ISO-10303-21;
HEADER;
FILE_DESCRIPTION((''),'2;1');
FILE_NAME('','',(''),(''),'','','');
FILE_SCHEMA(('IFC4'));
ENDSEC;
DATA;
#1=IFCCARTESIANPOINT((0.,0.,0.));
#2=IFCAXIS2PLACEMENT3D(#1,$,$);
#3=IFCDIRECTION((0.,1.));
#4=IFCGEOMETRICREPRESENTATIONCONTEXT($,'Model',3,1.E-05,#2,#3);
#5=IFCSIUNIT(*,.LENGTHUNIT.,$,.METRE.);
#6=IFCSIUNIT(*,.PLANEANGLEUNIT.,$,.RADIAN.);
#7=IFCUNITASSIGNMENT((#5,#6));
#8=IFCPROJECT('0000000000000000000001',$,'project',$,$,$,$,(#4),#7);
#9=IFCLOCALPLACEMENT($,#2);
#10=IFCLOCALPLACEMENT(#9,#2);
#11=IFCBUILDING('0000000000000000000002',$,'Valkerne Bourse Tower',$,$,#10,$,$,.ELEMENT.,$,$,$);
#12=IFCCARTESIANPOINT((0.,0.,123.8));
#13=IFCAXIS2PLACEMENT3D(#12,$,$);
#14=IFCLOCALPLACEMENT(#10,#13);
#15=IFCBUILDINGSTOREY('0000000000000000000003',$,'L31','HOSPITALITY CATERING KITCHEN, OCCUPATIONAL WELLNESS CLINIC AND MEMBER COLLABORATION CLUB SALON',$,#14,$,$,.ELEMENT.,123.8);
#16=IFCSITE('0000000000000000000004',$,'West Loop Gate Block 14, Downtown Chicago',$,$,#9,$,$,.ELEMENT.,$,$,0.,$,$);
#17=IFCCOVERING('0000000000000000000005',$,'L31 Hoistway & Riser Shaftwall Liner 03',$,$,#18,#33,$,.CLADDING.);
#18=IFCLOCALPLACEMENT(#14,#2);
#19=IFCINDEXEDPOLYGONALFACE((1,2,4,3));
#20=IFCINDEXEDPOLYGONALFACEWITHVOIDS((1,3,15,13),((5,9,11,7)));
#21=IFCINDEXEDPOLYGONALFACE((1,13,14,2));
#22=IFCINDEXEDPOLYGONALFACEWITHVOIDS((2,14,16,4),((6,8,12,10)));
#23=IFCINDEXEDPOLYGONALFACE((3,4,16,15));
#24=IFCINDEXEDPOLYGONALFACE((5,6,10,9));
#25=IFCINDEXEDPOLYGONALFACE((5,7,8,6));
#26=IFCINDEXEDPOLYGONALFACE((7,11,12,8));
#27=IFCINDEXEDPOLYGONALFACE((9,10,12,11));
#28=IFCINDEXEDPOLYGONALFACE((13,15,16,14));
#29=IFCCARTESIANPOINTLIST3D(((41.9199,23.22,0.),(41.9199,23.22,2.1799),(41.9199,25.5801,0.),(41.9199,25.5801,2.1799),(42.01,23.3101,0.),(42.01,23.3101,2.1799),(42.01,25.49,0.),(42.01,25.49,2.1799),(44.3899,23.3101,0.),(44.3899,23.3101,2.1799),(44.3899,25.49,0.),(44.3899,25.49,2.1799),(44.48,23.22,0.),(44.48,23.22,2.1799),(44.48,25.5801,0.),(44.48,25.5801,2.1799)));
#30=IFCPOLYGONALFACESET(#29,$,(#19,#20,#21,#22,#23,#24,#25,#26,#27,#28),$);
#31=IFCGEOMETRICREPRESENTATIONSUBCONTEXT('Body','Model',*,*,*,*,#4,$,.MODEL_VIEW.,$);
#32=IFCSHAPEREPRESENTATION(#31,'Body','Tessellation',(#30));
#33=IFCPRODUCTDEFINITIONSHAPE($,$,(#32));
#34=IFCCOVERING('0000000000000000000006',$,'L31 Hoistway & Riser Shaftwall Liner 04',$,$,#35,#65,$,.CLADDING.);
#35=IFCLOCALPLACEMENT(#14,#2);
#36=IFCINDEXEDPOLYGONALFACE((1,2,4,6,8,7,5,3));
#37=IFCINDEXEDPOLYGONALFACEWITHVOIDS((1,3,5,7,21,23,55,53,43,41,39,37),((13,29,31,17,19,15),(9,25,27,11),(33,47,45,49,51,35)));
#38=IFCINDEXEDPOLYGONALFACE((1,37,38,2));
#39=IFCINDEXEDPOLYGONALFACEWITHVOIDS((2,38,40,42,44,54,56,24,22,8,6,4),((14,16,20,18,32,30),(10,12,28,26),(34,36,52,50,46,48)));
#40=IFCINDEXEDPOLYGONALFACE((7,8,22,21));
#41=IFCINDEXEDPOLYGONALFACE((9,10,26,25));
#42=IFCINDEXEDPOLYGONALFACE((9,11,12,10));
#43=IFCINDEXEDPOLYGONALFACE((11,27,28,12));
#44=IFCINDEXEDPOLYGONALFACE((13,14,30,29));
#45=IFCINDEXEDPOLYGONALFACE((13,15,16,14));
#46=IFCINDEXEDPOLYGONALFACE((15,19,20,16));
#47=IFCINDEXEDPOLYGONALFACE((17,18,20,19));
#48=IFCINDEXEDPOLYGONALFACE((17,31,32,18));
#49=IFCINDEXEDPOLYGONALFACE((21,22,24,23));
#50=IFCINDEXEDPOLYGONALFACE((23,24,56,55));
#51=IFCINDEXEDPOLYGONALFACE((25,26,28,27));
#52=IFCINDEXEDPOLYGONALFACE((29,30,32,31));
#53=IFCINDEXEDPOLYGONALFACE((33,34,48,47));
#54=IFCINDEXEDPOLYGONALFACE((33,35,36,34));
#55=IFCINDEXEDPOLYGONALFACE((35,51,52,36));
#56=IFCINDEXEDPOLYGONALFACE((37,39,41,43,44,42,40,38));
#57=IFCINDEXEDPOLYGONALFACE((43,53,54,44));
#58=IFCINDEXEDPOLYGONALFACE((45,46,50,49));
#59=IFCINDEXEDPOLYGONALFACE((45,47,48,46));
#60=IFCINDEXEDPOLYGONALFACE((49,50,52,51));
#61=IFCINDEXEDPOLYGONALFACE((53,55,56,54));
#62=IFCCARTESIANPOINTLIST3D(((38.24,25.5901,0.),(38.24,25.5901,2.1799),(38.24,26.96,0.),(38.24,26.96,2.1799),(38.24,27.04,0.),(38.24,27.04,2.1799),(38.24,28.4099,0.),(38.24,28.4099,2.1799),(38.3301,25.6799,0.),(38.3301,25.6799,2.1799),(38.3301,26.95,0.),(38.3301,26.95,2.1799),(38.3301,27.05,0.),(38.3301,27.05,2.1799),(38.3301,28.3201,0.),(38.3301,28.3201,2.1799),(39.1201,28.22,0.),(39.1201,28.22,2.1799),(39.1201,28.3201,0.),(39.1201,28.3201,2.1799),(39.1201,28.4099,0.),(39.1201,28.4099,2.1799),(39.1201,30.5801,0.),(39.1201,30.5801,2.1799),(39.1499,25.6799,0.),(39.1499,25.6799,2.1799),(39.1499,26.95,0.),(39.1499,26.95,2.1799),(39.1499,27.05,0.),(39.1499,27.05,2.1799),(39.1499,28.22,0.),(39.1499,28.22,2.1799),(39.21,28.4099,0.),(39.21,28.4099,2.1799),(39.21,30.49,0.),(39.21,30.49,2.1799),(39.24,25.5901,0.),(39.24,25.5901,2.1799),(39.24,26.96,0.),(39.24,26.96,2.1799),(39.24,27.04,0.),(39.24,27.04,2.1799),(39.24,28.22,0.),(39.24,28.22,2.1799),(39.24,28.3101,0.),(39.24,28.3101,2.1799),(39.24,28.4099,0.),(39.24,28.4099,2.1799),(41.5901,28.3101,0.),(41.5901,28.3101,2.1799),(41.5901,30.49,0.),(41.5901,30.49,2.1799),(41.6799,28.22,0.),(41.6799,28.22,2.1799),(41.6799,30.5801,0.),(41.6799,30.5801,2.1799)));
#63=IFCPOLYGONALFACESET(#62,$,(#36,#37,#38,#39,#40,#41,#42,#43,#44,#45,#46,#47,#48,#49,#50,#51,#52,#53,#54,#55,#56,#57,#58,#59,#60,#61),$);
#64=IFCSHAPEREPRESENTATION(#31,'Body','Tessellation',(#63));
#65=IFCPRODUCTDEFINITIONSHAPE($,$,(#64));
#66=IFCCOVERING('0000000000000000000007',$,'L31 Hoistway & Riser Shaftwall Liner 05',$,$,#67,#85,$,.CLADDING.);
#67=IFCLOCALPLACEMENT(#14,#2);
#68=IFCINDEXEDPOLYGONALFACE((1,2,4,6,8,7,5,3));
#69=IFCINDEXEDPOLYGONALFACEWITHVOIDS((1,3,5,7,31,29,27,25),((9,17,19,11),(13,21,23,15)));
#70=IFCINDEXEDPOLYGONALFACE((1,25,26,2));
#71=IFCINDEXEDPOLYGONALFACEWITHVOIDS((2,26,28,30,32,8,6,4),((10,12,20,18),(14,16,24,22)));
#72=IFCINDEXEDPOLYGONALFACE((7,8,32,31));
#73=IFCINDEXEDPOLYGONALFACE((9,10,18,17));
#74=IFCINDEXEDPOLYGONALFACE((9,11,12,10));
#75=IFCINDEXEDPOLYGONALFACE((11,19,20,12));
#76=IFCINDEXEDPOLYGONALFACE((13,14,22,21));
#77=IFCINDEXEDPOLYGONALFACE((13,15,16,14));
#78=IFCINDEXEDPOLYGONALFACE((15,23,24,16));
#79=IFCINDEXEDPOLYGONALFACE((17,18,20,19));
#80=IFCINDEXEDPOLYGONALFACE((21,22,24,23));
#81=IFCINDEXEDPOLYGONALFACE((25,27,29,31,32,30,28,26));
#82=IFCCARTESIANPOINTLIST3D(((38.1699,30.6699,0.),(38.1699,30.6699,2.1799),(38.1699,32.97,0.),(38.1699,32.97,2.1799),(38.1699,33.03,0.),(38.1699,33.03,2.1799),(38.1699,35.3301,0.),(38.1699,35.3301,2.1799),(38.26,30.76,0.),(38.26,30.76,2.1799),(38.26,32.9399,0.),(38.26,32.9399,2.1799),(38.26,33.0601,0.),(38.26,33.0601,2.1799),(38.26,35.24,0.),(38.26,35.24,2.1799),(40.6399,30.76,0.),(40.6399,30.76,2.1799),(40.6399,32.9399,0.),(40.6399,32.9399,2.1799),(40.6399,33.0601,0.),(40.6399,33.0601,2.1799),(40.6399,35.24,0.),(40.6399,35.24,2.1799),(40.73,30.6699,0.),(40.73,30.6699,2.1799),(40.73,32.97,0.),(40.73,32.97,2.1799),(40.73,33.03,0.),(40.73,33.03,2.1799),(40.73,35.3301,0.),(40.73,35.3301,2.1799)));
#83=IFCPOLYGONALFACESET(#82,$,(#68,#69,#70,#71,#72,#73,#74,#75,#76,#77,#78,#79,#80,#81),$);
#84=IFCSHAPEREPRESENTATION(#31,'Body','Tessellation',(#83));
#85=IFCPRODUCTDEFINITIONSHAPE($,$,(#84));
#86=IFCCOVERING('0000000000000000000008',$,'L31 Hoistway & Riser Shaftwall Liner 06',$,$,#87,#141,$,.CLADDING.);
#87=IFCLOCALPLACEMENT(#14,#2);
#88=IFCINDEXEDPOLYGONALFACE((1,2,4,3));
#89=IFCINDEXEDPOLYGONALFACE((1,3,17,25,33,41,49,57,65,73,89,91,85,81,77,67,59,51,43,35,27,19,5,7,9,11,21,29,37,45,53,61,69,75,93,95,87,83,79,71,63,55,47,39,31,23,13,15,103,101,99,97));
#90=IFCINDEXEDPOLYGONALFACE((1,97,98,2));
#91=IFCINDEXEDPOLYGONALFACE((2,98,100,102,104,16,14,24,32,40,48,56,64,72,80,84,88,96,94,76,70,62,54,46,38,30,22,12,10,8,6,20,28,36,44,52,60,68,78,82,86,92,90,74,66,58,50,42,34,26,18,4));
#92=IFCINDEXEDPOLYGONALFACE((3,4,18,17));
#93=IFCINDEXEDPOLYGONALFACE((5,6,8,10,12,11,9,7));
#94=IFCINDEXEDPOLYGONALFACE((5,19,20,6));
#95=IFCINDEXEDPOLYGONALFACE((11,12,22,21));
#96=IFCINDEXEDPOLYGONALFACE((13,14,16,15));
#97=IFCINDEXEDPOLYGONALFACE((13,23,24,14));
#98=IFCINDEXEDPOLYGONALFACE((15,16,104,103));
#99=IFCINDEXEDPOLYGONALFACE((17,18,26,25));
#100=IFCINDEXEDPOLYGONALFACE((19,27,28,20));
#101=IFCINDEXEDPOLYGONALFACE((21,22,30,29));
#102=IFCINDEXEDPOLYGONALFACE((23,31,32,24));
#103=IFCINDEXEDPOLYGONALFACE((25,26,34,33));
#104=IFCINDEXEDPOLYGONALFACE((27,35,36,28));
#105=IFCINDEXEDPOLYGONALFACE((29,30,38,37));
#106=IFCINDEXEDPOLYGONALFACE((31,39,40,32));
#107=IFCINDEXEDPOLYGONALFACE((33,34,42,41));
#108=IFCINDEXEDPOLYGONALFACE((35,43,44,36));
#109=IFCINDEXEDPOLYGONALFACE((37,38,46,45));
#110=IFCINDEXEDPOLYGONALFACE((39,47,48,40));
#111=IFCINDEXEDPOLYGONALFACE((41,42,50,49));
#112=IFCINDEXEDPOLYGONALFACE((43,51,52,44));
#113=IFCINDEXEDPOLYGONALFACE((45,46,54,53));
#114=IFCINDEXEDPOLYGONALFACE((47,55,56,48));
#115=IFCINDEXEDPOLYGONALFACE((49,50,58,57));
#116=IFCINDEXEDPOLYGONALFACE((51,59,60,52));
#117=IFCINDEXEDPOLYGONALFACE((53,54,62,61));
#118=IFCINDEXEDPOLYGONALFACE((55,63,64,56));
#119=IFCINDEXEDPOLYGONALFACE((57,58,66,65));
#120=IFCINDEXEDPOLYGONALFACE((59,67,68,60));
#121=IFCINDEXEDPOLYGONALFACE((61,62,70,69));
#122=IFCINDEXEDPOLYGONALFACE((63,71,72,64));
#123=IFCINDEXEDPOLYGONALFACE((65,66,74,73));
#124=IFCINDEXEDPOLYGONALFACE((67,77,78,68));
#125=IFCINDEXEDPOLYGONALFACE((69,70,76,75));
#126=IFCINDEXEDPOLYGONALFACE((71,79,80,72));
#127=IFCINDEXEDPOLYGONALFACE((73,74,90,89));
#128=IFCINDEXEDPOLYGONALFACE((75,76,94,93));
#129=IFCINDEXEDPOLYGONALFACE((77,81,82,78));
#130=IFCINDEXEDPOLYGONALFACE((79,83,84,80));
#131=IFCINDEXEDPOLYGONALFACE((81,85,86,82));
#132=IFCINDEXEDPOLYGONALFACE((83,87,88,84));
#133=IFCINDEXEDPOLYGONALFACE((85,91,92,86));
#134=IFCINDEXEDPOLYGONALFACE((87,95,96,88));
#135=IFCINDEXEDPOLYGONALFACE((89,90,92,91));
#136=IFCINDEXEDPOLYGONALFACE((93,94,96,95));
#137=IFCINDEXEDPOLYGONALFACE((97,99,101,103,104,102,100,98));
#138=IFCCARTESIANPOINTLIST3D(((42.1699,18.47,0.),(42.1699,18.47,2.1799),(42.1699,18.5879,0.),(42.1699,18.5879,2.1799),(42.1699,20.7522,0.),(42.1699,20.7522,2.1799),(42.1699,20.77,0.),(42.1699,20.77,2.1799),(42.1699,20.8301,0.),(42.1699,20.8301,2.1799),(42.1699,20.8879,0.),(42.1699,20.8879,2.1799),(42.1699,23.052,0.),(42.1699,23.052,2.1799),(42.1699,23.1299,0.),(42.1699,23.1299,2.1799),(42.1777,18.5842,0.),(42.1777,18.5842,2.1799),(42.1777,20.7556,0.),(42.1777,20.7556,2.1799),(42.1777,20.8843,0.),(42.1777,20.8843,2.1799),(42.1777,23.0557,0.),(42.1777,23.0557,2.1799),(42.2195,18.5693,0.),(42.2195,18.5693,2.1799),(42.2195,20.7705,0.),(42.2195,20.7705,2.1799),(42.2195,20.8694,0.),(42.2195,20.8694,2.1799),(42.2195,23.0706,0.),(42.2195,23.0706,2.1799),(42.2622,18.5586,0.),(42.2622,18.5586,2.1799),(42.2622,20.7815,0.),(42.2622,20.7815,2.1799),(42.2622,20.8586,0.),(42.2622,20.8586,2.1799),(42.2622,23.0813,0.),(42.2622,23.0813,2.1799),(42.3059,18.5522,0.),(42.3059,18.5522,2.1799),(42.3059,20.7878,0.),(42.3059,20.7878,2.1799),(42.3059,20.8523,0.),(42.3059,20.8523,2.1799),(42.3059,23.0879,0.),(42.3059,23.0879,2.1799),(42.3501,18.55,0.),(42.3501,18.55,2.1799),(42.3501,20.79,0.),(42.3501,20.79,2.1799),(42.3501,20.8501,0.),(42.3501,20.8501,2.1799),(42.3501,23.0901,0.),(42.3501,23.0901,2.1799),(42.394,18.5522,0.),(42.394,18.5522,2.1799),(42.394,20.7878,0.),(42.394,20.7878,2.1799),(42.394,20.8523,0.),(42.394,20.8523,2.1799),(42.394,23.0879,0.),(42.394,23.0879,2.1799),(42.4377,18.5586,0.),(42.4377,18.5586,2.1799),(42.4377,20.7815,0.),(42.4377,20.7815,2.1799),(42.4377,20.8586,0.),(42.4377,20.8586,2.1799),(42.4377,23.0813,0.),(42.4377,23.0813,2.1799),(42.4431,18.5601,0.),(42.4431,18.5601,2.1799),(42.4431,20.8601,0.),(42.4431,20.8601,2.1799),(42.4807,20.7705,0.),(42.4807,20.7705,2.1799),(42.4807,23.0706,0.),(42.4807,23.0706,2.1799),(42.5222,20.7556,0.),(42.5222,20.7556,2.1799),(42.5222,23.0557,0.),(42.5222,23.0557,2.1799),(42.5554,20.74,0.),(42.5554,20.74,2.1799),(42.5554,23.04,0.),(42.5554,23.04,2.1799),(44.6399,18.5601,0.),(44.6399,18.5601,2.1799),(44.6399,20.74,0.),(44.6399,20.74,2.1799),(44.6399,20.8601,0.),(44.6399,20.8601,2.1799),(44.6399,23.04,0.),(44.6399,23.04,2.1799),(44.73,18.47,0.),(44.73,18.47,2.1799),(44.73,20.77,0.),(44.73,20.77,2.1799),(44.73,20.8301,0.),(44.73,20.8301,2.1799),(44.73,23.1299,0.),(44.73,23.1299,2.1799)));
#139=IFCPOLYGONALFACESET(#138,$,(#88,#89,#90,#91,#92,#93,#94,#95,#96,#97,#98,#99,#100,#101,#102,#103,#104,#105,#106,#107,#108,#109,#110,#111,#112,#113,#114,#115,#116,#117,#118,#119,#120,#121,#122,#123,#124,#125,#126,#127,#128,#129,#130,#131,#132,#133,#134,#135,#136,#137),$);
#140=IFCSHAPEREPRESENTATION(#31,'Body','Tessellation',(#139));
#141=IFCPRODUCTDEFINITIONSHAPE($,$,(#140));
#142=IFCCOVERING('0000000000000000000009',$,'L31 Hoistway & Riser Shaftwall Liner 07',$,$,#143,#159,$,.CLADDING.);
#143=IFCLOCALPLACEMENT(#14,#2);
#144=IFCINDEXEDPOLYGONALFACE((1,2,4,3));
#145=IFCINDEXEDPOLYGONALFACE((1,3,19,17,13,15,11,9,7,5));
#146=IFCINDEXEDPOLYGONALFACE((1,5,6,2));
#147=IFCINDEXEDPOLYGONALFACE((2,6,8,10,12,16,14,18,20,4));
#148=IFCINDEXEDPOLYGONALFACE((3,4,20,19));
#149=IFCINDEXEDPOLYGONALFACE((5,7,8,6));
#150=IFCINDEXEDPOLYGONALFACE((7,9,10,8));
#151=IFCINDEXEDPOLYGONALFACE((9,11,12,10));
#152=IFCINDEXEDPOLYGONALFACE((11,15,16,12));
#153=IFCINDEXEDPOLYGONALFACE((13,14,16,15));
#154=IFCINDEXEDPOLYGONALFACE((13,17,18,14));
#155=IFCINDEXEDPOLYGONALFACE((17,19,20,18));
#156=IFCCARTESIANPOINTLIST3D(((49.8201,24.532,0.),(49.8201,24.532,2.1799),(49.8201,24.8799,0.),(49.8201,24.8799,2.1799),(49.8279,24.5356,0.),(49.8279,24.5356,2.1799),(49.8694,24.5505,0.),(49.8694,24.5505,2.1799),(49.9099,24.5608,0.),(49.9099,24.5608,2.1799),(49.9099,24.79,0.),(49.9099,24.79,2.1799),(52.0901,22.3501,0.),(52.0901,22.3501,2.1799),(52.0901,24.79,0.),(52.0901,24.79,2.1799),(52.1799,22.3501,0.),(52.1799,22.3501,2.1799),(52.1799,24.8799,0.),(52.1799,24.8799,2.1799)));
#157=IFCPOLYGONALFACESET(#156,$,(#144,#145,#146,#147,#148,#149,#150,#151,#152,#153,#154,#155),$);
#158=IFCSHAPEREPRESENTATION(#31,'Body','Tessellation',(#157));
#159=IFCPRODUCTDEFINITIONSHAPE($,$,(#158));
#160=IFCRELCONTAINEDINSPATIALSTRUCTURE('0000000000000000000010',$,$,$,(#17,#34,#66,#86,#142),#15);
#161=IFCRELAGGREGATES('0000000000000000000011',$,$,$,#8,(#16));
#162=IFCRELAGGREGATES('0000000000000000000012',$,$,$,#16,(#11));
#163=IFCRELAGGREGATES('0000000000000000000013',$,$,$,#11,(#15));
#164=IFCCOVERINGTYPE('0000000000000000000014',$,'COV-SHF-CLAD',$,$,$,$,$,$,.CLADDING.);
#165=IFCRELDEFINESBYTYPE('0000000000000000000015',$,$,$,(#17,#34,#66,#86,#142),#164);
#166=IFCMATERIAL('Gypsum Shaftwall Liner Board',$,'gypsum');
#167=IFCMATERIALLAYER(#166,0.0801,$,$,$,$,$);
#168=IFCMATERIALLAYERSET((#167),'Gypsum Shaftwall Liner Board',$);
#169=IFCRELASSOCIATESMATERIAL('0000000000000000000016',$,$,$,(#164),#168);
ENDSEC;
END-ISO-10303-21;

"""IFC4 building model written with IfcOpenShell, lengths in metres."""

from ifc_helpers import new_model, si_unit, direction, frame, origin, place, context, subcontext, project, spatial, polyline, outline, extrude, material, layer, layer_set, type_object, element, save


model = new_model("IFC4")

# Units and contexts
model_context = context("Model", 3, precision=1e-05, world=origin(), true_north=direction((0.0, 1.0)))
body_context = subcontext(model_context, "Body", "Model", "MODEL_VIEW")
ifc_project = project(units=[si_unit("LENGTHUNIT", "METRE"), si_unit("PLANEANGLEUNIT", "RADIAN")], contexts=[model_context])

# Site, building, storey
site_placement = place(None, origin())
site = spatial("IfcSite", under=ifc_project, at=site_placement, Name="West Loop Gate Block 14, Downtown Chicago", CompositionType="ELEMENT", RefElevation=0.0)
building_placement = place(site_placement, origin())
building = spatial("IfcBuilding", under=site, at=building_placement, Name="Valkerne Bourse Tower", CompositionType="ELEMENT")
storey_placement = place(building_placement, frame((0.0, 0.0, 123.8)))
storey = spatial("IfcBuildingStorey", under=building, at=storey_placement, Name="L31", Description="HOSPITALITY CATERING KITCHEN, OCCUPATIONAL WELLNESS CLINIC AND MEMBER COLLABORATION CLUB SALON", CompositionType="ELEMENT", Elevation=123.8)

# Coverings
ifc_material_1 = material(Name="Gypsum Shaftwall Liner Board", Category="gypsum")
ifc_layer_1 = layer(ifc_material_1, 0.0801)
ifc_layer_set_1 = layer_set([ifc_layer_1], Name="Gypsum Shaftwall Liner Board")
covering_type_1 = type_object("IfcCoveringType", Name="COV-SHF-CLAD", PredefinedType="CLADDING", material=ifc_layer_set_1)
covering_1_placement = place(storey_placement, origin())
element("IfcCovering", 1, at=covering_1_placement, inside=storey, type_object=covering_type_1, Name="L31 Hoistway & Riser Shaftwall Liner 03", PredefinedType="CLADDING", context=body_context, shape_type="SweptSolid", body=[
    extrude(outline(polyline([(44.48, 23.22), (41.9199, 23.22), (41.9199, 25.5801), (44.48, 25.5801), (44.48, 23.22)]), holes=[polyline([(42.01, 25.49), (42.01, 23.3101), (44.3899, 23.3101), (44.3899, 25.49), (42.01, 25.49)])]), origin(), (0.0, 0.0, 1.0), 2.1799),
])
covering_2_placement = place(storey_placement, origin())
element("IfcCovering", 2, at=covering_2_placement, inside=storey, type_object=covering_type_1, Name="L31 Hoistway & Riser Shaftwall Liner 04", PredefinedType="CLADDING", context=body_context, shape_type="SweptSolid", body=[
    extrude(outline(polyline([(38.24, 28.4099), (39.1201, 28.4099), (39.1201, 30.5801), (41.6799, 30.5801), (41.6799, 28.22), (39.24, 28.22), (39.24, 27.04), (39.24, 26.96), (39.24, 25.5901), (38.24, 25.5901), (38.24, 26.96), (38.24, 27.04), (38.24, 28.4099)]), holes=[polyline([(39.21, 30.49), (39.21, 28.4099), (39.24, 28.4099), (39.24, 28.3101), (41.5901, 28.3101), (41.5901, 30.49), (39.21, 30.49)]), polyline([(38.3301, 26.95), (38.3301, 25.6799), (39.1499, 25.6799), (39.1499, 26.95), (38.3301, 26.95)]), polyline([(39.1201, 28.22), (39.1201, 28.3201), (38.3301, 28.3201), (38.3301, 27.05), (39.1499, 27.05), (39.1499, 28.22), (39.1201, 28.22)])]), origin(), (0.0, 0.0, 1.0), 2.1799),
])
covering_3_placement = place(storey_placement, origin())
element("IfcCovering", 3, at=covering_3_placement, inside=storey, type_object=covering_type_1, Name="L31 Hoistway & Riser Shaftwall Liner 05", PredefinedType="CLADDING", context=body_context, shape_type="SweptSolid", body=[
    extrude(outline(polyline([(38.1699, 35.3301), (40.73, 35.3301), (40.73, 33.03), (40.73, 32.97), (40.73, 30.6699), (38.1699, 30.6699), (38.1699, 32.97), (38.1699, 33.03), (38.1699, 35.3301)]), holes=[polyline([(38.26, 32.9399), (38.26, 30.76), (40.6399, 30.76), (40.6399, 32.9399), (38.26, 32.9399)]), polyline([(38.26, 35.24), (38.26, 33.0601), (40.6399, 33.0601), (40.6399, 35.24), (38.26, 35.24)])]), origin(), (0.0, 0.0, 1.0), 2.1799),
])
covering_4_placement = place(storey_placement, origin())
element("IfcCovering", 4, at=covering_4_placement, inside=storey, type_object=covering_type_1, Name="L31 Hoistway & Riser Shaftwall Liner 06", PredefinedType="CLADDING", context=body_context, shape_type="SweptSolid", body=[
    extrude(outline(polyline([(42.1699, 20.8301), (42.1699, 20.8879), (42.1777, 20.8843), (42.2195, 20.8694), (42.2622, 20.8586), (42.3059, 20.8523), (42.3501, 20.8501), (42.394, 20.8523), (42.4377, 20.8586), (42.4431, 20.8601), (44.6399, 20.8601), (44.6399, 23.04), (42.5554, 23.04), (42.5222, 23.0557), (42.4807, 23.0706), (42.4377, 23.0813), (42.394, 23.0879), (42.3501, 23.0901), (42.3059, 23.0879), (42.2622, 23.0813), (42.2195, 23.0706), (42.1777, 23.0557), (42.1699, 23.052), (42.1699, 23.1299), (44.73, 23.1299), (44.73, 20.8301), (44.73, 20.77), (44.73, 18.47), (42.1699, 18.47), (42.1699, 18.5879), (42.1777, 18.5842), (42.2195, 18.5693), (42.2622, 18.5586), (42.3059, 18.5522), (42.3501, 18.55), (42.394, 18.5522), (42.4377, 18.5586), (42.4431, 18.5601), (44.6399, 18.5601), (44.6399, 20.74), (42.5554, 20.74), (42.5222, 20.7556), (42.4807, 20.7705), (42.4377, 20.7815), (42.394, 20.7878), (42.3501, 20.79), (42.3059, 20.7878), (42.2622, 20.7815), (42.2195, 20.7705), (42.1777, 20.7556), (42.1699, 20.7522), (42.1699, 20.77), (42.1699, 20.8301)])), origin(), (0.0, 0.0, 1.0), 2.1799),
])
covering_5_placement = place(storey_placement, origin())
element("IfcCovering", 5, at=covering_5_placement, inside=storey, type_object=covering_type_1, Name="L31 Hoistway & Riser Shaftwall Liner 07", PredefinedType="CLADDING", context=body_context, shape_type="SweptSolid", body=[
    extrude(outline(polyline([(52.1799, 22.3501), (52.0901, 22.3501), (52.0901, 24.79), (49.9099, 24.79), (49.9099, 24.5608), (49.8694, 24.5505), (49.8279, 24.5356), (49.8201, 24.532), (49.8201, 24.8799), (52.1799, 24.8799), (52.1799, 22.3501)])), origin(), (0.0, 0.0, 1.0), 2.1799),
])

save(model, "model.ifc")
